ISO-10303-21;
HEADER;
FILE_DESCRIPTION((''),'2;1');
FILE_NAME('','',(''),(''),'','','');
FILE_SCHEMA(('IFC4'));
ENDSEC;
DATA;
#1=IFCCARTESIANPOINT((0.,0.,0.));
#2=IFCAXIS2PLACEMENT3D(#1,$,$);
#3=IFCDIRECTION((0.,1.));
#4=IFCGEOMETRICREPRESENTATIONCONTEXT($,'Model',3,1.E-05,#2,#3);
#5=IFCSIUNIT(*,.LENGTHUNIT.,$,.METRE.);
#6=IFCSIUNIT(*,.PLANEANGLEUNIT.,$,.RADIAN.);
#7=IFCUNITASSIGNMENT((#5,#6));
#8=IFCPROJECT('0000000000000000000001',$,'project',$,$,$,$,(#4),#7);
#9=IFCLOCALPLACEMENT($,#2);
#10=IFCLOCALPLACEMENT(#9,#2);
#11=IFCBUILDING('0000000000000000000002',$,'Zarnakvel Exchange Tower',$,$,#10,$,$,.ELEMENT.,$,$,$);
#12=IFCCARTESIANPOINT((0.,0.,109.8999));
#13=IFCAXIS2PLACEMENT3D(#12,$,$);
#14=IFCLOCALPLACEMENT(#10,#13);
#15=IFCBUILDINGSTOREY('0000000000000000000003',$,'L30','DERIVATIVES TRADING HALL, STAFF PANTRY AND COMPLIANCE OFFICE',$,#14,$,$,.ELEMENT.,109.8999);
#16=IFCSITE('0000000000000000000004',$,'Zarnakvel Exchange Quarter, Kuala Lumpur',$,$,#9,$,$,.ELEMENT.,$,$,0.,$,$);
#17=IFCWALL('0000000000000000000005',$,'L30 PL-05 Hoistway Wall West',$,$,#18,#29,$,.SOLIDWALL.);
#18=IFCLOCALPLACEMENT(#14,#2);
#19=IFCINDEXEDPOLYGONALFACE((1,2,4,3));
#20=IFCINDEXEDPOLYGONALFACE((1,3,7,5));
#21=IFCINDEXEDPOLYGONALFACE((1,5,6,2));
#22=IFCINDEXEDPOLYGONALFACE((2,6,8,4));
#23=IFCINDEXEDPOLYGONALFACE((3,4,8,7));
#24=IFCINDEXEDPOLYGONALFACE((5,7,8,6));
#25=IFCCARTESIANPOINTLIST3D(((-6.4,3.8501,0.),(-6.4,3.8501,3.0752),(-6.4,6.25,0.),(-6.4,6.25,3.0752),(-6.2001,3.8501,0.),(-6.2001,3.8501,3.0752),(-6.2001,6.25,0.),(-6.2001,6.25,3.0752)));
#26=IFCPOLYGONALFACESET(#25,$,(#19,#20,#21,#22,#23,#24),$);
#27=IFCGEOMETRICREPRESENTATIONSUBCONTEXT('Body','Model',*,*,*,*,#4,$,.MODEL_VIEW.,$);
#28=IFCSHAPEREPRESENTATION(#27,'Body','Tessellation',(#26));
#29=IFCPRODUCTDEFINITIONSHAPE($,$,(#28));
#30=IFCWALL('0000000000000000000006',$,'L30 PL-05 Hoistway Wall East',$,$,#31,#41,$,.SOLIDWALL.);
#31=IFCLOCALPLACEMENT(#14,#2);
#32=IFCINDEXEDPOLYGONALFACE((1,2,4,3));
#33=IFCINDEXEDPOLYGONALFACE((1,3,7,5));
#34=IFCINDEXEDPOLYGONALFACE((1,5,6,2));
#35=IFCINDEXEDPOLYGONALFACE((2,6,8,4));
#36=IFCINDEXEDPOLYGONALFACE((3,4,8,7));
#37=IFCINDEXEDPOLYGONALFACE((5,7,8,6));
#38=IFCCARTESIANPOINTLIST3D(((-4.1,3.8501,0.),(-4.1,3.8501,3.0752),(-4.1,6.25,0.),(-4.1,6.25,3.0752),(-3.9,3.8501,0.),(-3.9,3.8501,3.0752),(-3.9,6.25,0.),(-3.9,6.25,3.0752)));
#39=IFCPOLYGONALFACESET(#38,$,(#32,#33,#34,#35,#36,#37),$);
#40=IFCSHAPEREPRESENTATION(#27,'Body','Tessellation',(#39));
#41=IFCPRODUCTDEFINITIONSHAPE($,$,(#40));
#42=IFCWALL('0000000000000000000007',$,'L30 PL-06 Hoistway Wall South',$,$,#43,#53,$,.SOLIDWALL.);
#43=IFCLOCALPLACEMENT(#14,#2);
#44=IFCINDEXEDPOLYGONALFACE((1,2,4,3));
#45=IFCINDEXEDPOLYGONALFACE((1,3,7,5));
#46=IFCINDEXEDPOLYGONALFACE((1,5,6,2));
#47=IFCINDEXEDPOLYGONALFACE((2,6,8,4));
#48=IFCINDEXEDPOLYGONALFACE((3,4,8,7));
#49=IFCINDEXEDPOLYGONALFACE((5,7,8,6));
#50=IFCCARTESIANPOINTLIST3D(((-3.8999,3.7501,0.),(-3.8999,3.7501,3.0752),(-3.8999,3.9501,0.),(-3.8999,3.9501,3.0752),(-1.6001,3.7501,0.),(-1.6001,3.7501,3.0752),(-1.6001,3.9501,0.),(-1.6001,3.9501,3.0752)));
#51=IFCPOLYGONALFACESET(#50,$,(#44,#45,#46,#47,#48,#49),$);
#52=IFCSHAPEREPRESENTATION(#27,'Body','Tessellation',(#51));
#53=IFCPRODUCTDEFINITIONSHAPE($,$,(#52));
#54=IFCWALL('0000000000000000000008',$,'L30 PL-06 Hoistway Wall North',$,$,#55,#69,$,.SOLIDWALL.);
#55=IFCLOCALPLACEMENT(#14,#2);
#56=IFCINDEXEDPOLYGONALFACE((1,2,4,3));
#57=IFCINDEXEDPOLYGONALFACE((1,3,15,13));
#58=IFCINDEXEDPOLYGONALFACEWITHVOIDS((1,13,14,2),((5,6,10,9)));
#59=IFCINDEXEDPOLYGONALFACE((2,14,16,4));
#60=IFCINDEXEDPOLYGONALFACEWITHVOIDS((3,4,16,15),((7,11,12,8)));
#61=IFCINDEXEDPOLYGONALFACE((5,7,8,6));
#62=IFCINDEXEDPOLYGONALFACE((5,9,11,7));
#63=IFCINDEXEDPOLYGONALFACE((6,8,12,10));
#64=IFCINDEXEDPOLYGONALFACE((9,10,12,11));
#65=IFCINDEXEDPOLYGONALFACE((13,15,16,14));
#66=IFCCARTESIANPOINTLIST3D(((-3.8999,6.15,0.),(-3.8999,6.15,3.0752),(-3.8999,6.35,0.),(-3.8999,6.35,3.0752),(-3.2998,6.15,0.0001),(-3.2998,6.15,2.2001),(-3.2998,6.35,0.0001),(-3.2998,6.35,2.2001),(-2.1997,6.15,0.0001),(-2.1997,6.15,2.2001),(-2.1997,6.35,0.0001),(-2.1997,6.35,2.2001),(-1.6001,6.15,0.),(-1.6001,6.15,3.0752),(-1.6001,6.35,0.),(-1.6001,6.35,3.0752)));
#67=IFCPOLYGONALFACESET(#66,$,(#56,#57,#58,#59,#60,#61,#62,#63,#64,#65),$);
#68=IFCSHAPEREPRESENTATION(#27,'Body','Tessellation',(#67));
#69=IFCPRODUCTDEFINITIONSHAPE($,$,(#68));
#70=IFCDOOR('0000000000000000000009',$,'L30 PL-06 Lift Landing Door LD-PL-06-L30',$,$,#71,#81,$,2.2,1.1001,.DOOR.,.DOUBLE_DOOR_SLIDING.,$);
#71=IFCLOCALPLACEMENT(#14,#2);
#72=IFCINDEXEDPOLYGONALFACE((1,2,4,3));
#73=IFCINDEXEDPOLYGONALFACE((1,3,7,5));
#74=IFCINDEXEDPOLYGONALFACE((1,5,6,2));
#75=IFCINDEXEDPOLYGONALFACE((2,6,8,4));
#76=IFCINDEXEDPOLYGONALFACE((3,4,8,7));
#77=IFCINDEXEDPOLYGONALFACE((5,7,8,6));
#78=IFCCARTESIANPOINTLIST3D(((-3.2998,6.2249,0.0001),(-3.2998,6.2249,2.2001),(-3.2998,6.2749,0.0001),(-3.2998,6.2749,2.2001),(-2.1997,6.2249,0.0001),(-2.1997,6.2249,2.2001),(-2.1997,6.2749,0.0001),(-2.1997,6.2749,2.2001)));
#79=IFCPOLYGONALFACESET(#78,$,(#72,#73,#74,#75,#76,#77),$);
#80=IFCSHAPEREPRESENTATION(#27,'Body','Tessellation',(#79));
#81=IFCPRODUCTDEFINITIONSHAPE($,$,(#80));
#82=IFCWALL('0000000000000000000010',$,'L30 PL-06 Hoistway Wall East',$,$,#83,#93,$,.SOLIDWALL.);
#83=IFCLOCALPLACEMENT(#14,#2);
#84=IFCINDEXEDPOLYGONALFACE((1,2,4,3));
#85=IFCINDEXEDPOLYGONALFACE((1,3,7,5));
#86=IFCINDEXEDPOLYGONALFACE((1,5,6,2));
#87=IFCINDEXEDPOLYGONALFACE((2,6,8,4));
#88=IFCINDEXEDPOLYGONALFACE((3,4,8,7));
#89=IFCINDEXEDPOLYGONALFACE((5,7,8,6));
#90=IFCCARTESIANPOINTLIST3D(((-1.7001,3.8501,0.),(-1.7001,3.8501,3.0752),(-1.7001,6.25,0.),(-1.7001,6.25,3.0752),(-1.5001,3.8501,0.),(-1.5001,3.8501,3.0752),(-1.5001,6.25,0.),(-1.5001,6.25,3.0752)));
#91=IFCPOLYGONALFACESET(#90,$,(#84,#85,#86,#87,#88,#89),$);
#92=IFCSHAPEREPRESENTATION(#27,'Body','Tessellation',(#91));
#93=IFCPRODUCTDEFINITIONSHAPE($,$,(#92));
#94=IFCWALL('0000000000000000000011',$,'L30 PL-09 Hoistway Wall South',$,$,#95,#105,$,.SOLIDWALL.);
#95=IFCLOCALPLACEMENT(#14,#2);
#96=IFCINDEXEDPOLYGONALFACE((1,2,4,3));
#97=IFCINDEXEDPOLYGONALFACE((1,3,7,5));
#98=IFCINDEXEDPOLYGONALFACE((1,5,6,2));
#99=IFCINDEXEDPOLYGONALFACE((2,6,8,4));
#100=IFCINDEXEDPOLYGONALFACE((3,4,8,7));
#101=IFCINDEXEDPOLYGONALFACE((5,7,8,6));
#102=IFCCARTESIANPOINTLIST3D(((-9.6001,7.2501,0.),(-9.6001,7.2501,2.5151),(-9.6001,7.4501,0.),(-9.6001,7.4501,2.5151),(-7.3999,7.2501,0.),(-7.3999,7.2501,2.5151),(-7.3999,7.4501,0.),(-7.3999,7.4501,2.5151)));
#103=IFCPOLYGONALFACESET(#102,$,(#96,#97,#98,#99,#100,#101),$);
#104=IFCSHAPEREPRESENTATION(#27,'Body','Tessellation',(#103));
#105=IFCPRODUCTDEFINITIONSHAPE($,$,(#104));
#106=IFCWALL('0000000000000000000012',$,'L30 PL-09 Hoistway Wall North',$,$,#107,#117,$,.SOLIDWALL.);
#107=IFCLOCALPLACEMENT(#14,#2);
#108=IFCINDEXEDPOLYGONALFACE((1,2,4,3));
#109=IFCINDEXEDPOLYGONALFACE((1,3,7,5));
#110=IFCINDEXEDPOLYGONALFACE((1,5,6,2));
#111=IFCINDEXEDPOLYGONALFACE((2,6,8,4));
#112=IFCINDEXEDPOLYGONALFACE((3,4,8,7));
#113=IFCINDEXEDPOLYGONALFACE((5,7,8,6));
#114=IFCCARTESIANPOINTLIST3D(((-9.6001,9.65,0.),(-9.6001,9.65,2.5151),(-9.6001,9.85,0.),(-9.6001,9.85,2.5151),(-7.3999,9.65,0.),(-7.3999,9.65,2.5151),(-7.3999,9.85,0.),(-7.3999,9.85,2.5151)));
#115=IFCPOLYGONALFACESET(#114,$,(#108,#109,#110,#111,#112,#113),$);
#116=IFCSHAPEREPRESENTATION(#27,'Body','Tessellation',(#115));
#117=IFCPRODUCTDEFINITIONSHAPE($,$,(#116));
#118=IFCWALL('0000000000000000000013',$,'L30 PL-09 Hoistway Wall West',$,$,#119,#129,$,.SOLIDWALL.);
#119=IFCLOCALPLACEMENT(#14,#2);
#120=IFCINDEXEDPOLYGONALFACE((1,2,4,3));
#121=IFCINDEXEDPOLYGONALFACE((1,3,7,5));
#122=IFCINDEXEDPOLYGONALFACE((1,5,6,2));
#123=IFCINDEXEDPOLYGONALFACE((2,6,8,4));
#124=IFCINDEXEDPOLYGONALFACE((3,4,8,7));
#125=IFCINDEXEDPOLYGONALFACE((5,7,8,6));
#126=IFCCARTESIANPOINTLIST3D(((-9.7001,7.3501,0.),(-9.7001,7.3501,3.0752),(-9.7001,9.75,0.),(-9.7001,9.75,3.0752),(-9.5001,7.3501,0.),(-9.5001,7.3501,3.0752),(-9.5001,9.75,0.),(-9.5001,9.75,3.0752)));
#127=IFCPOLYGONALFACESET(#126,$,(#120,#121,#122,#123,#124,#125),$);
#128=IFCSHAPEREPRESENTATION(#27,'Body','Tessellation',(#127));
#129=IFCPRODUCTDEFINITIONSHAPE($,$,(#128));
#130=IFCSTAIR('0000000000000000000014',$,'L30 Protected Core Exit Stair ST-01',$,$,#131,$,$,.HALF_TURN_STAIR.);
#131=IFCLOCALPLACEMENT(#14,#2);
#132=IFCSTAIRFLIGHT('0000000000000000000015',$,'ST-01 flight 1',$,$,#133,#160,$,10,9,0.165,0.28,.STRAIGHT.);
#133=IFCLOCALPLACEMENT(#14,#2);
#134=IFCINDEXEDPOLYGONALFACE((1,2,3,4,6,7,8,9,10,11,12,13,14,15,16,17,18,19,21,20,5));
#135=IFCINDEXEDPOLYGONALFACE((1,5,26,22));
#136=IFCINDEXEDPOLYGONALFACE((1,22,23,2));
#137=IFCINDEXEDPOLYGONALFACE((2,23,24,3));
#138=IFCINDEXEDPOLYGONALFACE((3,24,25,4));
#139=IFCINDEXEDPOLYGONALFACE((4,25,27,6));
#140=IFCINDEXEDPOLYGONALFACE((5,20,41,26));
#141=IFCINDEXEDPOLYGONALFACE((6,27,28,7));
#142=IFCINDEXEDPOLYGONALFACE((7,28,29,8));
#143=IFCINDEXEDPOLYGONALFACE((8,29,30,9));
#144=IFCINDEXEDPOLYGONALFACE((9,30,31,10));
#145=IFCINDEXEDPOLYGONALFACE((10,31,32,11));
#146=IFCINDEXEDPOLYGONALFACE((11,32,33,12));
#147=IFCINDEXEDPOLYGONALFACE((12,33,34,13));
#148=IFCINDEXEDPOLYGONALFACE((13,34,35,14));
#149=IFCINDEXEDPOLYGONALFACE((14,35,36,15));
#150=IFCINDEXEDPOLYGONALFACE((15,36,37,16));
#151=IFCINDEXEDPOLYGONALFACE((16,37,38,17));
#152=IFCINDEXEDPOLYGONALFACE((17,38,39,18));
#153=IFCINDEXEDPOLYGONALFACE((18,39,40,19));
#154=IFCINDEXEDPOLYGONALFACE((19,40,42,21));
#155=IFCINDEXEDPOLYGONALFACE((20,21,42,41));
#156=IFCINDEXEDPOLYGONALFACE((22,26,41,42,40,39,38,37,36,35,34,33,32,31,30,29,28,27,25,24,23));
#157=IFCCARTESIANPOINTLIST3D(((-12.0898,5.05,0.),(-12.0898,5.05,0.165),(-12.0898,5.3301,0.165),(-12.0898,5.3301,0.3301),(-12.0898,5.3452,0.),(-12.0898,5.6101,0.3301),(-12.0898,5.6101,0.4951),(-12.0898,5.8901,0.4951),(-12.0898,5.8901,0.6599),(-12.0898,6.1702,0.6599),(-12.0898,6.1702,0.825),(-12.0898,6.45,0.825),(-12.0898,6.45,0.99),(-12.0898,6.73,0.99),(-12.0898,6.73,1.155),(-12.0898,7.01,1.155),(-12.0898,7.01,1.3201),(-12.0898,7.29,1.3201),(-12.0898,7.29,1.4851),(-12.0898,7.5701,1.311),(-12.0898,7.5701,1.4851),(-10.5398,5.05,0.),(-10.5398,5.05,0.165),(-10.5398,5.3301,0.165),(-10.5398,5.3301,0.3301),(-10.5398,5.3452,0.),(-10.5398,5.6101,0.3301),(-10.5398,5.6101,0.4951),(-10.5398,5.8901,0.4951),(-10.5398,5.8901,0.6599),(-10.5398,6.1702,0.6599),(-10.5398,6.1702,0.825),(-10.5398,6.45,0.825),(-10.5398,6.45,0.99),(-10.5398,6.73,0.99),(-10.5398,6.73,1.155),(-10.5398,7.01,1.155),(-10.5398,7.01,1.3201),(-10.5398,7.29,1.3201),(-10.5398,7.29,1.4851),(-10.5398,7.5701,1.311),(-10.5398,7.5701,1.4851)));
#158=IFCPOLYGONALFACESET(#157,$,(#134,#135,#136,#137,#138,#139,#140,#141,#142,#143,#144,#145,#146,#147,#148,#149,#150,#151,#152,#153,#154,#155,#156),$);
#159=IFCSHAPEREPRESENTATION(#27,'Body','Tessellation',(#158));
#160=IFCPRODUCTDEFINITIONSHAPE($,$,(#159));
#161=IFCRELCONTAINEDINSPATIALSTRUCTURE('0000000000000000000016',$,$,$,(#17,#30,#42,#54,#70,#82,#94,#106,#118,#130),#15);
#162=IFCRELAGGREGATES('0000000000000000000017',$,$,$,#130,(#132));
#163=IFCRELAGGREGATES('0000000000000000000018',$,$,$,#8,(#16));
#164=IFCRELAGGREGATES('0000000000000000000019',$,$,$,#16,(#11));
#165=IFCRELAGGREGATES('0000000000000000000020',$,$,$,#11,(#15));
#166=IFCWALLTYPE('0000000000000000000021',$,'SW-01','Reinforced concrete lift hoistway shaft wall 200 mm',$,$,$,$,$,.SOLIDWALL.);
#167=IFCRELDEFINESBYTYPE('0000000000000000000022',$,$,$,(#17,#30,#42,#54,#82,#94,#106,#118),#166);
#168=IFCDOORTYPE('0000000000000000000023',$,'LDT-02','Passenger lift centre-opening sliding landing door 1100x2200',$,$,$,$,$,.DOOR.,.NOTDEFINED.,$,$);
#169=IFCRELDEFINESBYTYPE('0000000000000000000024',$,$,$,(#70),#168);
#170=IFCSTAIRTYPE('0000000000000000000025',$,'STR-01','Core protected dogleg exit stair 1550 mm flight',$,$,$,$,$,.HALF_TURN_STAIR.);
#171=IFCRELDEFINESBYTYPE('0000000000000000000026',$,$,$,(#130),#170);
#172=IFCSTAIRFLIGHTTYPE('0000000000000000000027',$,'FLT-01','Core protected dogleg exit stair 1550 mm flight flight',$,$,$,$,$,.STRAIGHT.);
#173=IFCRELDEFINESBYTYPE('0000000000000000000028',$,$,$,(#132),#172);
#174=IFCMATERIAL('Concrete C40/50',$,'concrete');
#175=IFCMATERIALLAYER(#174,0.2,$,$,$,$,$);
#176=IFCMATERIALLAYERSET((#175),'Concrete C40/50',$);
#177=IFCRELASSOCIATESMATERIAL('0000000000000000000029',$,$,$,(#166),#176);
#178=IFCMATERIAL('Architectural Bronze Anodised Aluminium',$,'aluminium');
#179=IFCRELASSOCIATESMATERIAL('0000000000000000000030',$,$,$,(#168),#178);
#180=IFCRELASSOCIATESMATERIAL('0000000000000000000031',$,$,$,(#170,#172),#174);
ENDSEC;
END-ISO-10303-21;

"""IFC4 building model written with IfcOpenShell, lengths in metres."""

from ifc_helpers import new_model, si_unit, direction, frame, frame_2d, origin, place, context, subcontext, project, spatial, polyline, rectangle, outline, extrude, source, transform, mapped, material, layer, layer_set, type_object, element, fill, aggregate, save


model = new_model("IFC4")

# Units and contexts
model_context = context("Model", 3, precision=1e-05, world=origin(), true_north=direction((0.0, 1.0)))
body_context = subcontext(model_context, "Body", "Model", "MODEL_VIEW")
ifc_project = project(units=[si_unit("LENGTHUNIT", "METRE"), si_unit("PLANEANGLEUNIT", "RADIAN")], contexts=[model_context])

# Site, building, storey
site_placement = place(None, origin())
site = spatial("IfcSite", under=ifc_project, at=site_placement, Name="Zarnakvel Exchange Quarter, Kuala Lumpur", CompositionType="ELEMENT", RefElevation=0.0)
building_placement = place(site_placement, origin())
building = spatial("IfcBuilding", under=site, at=building_placement, Name="Zarnakvel Exchange Tower", CompositionType="ELEMENT")
storey_placement = place(building_placement, frame((0.0, 0.0, 109.8999)))
storey = spatial("IfcBuildingStorey", under=building, at=storey_placement, Name="L30", Description="DERIVATIVES TRADING HALL, STAFF PANTRY AND COMPLIANCE OFFICE", CompositionType="ELEMENT", Elevation=109.8999)

# Shared definitions
ifc_material_1 = material(Name="Concrete C40/50", Category="concrete")
ifc_layer_1 = layer(ifc_material_1, 0.2)
ifc_layer_set_1 = layer_set([ifc_layer_1], Name="Concrete C40/50")
wall_type_1 = type_object("IfcWallType", Name="SW-01", Description="Reinforced concrete lift hoistway shaft wall 200 mm", PredefinedType="SOLIDWALL", material=ifc_layer_set_1)
shared_shape_1 = source(origin(), body_context, "Body", "SweptSolid", [
    extrude(rectangle(XDim=1.1001, YDim=2.2, at=frame_2d((0.55, 1.1001))), frame((0.0, 0.0249, 0.0), z_axis=(0.0, -1.0, 0.0), x_axis=(1.0, 0.0, 0.0)), (0.0, 0.0, 1.0), 0.05),
])

# Shared definitions
ifc_material_2 = material(Name="Architectural Bronze Anodised Aluminium", Category="aluminium")
door_type_1 = type_object("IfcDoorType", Name="LDT-02", Description="Passenger lift centre-opening sliding landing door 1100x2200", OperationType="NOTDEFINED", PredefinedType="DOOR", material=ifc_material_2)

# Walls
for number, where, z_axis, x_axis, name in (
    (1, (-6.3, 3.8501, 0.0), (0.0, 0.0, 1.0), (0.0, 1.0, 0.0), "L30 PL-05 Hoistway Wall West"),
    (2, (-4.0, 6.25, 0.0), (0.0, 0.0, 1.0), (0.0, -1.0, 0.0), "L30 PL-05 Hoistway Wall East"),
):
    element("IfcWall", number, at=place(storey_placement, frame(where, z_axis=z_axis, x_axis=x_axis)), inside=storey, type_object=wall_type_1, Name=name, PredefinedType="SOLIDWALL", context=body_context, shape_type="SweptSolid", body=[
        extrude(rectangle(XDim=2.3999, YDim=0.2, at=frame_2d((1.2, 0.0))), origin(), (0.0, 0.0, 1.0), 3.0752),
    ])
wall_1_placement = place(storey_placement, frame((-1.6001, 3.8501, 0.0), z_axis=(0.0, 0.0, 1.0), x_axis=(-1.0, 0.0, 0.0)))
element("IfcWall", 3, at=wall_1_placement, inside=storey, type_object=wall_type_1, Name="L30 PL-06 Hoistway Wall South", PredefinedType="SOLIDWALL", context=body_context, shape_type="SweptSolid", body=[
    extrude(rectangle(XDim=2.2998, YDim=0.2, at=frame_2d((1.1499, 0.0))), origin(), (0.0, 0.0, 1.0), 3.0752),
])

# Wall, opening, door
wall_2_placement = place(storey_placement, frame((-3.8999, 6.25, 0.0), z_axis=(0.0, 0.0, 1.0), x_axis=(1.0, 0.0, 0.0)))
wall_2 = element("IfcWall", 4, at=wall_2_placement, inside=storey, type_object=wall_type_1, Name="L30 PL-06 Hoistway Wall North", PredefinedType="SOLIDWALL", context=body_context, shape_type="SweptSolid", body=[
    extrude(rectangle(XDim=2.2998, YDim=0.2, at=frame_2d((1.1499, 0.0))), origin(), (0.0, 0.0, 1.0), 3.0752),
])
opening_1_placement = place(wall_2_placement, frame((0.6001, 0.0, 0.0)))
opening_1 = element("IfcOpeningElement", 5, at=opening_1_placement, cuts=wall_2, PredefinedType="OPENING", context=body_context, shape_type="SweptSolid", body=[
    extrude(rectangle(XDim=1.1001, YDim=2.2, at=frame_2d((0.55, 1.1001))), frame((0.0, 0.1099, 0.0), z_axis=(0.0, -1.0, 0.0), x_axis=(1.0, 0.0, 0.0)), (0.0, 0.0, 1.0), 0.22),
])
door_1_placement = place(opening_1_placement, origin())
door_1 = element("IfcDoor", 6, at=door_1_placement, inside=storey, type_object=door_type_1, Name="L30 PL-06 Lift Landing Door LD-PL-06-L30", OperationType="DOUBLE_DOOR_SLIDING", OverallHeight=2.2, OverallWidth=1.1001, PredefinedType="DOOR", context=body_context, shape_type="MappedRepresentation", body=[
    mapped(shared_shape_1, transform((0.0, 0.0, 0.0), x_axis=(1.0, 0.0, 0.0), y_axis=(0.0, 1.0, 0.0), z_axis=(0.0, 0.0, 1.0), scale=1.0)),
])
fill(opening_1, door_1)

# Walls
wall_3_placement = place(storey_placement, frame((-1.6001, 6.25, 0.0), z_axis=(0.0, 0.0, 1.0), x_axis=(0.0, -1.0, 0.0)))
element("IfcWall", 7, at=wall_3_placement, inside=storey, type_object=wall_type_1, Name="L30 PL-06 Hoistway Wall East", PredefinedType="SOLIDWALL", context=body_context, shape_type="SweptSolid", body=[
    extrude(rectangle(XDim=2.3999, YDim=0.2, at=frame_2d((1.2, 0.0))), origin(), (0.0, 0.0, 1.0), 3.0752),
])
for number, where, z_axis, x_axis, name in (
    (8, (-7.3999, 7.3501, 0.0), (0.0, 0.0, 1.0), (-1.0, 0.0, 0.0), "L30 PL-09 Hoistway Wall South"),
    (9, (-9.6001, 9.75, 0.0), (0.0, 0.0, 1.0), (1.0, 0.0, 0.0), "L30 PL-09 Hoistway Wall North"),
):
    element("IfcWall", number, at=place(storey_placement, frame(where, z_axis=z_axis, x_axis=x_axis)), inside=storey, type_object=wall_type_1, Name=name, PredefinedType="SOLIDWALL", context=body_context, shape_type="SweptSolid", body=[
        extrude(rectangle(XDim=2.2002, YDim=0.2, at=frame_2d((1.1001, 0.0))), origin(), (0.0, 0.0, 1.0), 2.5151),
    ])
wall_4_placement = place(storey_placement, frame((-9.6001, 7.3501, 0.0), z_axis=(0.0, 0.0, 1.0), x_axis=(0.0, 1.0, 0.0)))
element("IfcWall", 10, at=wall_4_placement, inside=storey, type_object=wall_type_1, Name="L30 PL-09 Hoistway Wall West", PredefinedType="SOLIDWALL", context=body_context, shape_type="SweptSolid", body=[
    extrude(rectangle(XDim=2.3999, YDim=0.2, at=frame_2d((1.2, 0.0))), origin(), (0.0, 0.0, 1.0), 3.0752),
])

# Stair, stair flight
stair_type = type_object("IfcStairType", Name="STR-01", Description="Core protected dogleg exit stair 1550 mm flight", PredefinedType="HALF_TURN_STAIR", material=ifc_material_1)
stair_placement = place(storey_placement, origin())
stair = element("IfcStair", 11, at=stair_placement, inside=storey, type_object=stair_type, Name="L30 Protected Core Exit Stair ST-01", PredefinedType="HALF_TURN_STAIR")
stair_flight_type = type_object("IfcStairFlightType", Name="FLT-01", Description="Core protected dogleg exit stair 1550 mm flight flight", PredefinedType="STRAIGHT", material=ifc_material_1)
stair_flight_placement = place(storey_placement, frame((-11.3149, 5.05, 0.0), z_axis=(0.0, 0.0, 1.0), x_axis=(0.0, 1.0, 0.0)))
stair_flight = element("IfcStairFlight", 12, at=stair_flight_placement, type_object=stair_flight_type, Name="ST-01 flight 1", NumberOfRisers=10, NumberOfTreads=9, PredefinedType="STRAIGHT", RiserHeight=0.165, TreadLength=0.28, context=body_context, shape_type="SweptSolid", body=[
    extrude(outline(polyline([(0.0, 0.0), (0.0, 0.165), (0.28, 0.165), (0.28, 0.3301), (0.5601, 0.3301), (0.5601, 0.4951), (0.8401, 0.4951), (0.8401, 0.6599), (1.1201, 0.6599), (1.1201, 0.825), (1.3999, 0.825), (1.3999, 0.99), (1.6799, 0.99), (1.6799, 1.155), (1.96, 1.155), (1.96, 1.3201), (2.24, 1.3201), (2.24, 1.4851), (2.52, 1.4851), (2.52, 1.6499), (2.52, 1.311), (0.2952, 0.0), (0.0, 0.0)])), frame((0.0, 0.7749, 0.0), z_axis=(0.0, -1.0, 0.0), x_axis=(1.0, 0.0, 0.0)), (0.0, 0.0, 1.0), 1.55),
])
aggregate(stair, [stair_flight])

save(model, "model.ifc")
